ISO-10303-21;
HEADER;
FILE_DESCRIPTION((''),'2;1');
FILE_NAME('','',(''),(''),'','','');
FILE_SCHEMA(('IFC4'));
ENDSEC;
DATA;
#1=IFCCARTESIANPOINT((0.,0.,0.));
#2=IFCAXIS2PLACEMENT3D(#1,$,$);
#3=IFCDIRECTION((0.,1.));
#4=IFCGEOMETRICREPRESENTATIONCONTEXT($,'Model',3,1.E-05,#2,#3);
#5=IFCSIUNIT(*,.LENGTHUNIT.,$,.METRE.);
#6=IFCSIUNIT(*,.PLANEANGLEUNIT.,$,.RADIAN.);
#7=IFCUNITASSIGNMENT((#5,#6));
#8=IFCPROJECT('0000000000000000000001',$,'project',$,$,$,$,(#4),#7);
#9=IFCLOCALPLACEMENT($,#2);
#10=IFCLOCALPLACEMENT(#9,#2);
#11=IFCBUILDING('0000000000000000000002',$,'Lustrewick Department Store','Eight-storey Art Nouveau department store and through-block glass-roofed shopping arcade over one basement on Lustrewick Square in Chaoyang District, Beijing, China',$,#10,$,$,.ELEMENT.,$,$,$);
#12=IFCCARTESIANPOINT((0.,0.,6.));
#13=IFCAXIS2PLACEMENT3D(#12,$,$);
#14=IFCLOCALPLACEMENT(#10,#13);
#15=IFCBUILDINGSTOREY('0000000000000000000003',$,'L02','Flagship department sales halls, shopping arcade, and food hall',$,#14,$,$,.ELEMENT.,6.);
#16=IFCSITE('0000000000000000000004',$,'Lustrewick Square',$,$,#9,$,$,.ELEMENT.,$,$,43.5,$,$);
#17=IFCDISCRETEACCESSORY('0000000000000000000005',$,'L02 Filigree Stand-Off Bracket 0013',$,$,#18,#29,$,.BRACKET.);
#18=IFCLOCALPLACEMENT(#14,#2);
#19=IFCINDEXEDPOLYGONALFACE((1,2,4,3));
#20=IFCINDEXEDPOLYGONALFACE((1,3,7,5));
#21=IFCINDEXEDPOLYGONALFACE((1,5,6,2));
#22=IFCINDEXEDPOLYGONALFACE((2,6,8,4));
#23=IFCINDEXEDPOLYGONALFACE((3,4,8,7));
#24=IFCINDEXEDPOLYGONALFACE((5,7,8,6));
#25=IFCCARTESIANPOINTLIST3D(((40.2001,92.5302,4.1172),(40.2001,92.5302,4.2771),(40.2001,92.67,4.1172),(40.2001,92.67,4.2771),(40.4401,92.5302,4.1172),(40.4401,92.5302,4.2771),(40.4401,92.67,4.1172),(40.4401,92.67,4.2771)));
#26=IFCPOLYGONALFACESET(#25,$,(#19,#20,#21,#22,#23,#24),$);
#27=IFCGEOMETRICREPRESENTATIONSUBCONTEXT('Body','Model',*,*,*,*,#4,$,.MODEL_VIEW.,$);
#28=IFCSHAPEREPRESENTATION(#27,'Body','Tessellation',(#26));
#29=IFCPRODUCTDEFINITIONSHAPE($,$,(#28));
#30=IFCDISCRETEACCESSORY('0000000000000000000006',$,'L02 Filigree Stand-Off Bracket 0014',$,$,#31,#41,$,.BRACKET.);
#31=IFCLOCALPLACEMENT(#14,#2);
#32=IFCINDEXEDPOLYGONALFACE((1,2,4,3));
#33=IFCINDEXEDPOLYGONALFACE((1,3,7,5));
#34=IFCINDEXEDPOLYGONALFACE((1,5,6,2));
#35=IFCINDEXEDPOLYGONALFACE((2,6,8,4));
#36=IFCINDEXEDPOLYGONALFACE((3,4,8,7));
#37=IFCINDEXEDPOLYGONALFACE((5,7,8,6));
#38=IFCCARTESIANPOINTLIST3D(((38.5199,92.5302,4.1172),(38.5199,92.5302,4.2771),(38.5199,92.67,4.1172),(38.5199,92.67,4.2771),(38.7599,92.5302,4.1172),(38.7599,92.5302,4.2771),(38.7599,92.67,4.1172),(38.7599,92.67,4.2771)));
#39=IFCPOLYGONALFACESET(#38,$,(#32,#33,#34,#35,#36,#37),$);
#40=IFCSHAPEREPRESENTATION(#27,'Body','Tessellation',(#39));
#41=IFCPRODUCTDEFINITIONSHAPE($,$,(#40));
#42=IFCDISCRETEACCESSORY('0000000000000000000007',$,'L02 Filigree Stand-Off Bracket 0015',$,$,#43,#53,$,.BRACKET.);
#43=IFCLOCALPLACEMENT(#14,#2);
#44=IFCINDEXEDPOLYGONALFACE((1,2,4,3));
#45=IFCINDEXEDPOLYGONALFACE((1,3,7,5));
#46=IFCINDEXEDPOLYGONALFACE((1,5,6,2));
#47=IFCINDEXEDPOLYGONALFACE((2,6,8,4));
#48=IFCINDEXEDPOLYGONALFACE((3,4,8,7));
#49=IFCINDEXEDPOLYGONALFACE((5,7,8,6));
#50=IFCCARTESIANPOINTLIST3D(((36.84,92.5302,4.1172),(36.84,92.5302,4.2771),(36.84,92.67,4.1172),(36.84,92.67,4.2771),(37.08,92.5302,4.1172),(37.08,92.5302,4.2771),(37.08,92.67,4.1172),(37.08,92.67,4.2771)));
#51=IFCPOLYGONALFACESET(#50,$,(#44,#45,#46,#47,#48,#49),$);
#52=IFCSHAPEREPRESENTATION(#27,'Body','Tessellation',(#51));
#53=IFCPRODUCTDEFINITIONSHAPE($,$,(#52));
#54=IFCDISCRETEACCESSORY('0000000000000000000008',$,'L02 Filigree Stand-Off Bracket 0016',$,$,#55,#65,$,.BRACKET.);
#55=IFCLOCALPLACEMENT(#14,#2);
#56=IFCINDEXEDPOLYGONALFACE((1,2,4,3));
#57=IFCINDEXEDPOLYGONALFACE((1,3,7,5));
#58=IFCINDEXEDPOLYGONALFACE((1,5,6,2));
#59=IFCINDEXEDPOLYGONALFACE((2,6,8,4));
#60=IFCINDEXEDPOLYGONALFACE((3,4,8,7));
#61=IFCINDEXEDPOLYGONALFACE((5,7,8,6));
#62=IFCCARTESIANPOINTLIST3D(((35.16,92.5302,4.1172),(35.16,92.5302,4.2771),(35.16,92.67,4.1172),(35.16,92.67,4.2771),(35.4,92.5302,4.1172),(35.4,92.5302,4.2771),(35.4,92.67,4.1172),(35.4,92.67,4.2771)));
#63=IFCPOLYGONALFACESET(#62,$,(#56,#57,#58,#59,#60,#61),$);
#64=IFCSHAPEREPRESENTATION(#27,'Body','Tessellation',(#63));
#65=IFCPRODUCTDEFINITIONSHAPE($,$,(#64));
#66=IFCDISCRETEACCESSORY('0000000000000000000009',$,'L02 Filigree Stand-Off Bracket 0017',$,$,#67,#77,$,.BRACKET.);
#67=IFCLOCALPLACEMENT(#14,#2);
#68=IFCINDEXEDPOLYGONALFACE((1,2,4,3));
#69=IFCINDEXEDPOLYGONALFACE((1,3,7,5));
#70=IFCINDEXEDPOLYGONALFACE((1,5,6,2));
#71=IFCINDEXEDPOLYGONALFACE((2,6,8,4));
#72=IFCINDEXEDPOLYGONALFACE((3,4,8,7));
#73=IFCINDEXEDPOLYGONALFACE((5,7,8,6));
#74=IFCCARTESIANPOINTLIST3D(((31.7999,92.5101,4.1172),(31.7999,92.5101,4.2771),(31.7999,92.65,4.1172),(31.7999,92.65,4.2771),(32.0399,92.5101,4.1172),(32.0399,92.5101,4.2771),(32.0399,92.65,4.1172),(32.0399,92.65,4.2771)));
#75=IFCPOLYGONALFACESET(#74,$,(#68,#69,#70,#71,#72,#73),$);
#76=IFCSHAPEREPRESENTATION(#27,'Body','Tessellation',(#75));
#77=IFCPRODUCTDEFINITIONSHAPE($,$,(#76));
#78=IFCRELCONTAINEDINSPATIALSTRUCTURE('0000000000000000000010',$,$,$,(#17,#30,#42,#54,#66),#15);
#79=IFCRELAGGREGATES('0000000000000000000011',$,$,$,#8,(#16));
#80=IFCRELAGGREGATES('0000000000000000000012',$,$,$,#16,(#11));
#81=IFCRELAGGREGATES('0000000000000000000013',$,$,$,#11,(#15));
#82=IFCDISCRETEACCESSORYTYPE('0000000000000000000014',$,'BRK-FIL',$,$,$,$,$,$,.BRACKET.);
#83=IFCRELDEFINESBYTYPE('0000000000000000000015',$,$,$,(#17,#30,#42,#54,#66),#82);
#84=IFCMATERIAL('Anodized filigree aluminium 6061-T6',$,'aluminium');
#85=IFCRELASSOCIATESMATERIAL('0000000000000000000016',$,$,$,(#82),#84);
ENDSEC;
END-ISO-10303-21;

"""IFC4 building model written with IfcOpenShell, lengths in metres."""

from ifc_helpers import new_model, si_unit, direction, frame, origin, origin_2d, place, context, subcontext, project, spatial, rectangle, extrude, material, type_object, element, save


model = new_model("IFC4")

# Units and contexts
model_context = context("Model", 3, precision=1e-05, world=origin(), true_north=direction((0.0, 1.0)))
body_context = subcontext(model_context, "Body", "Model", "MODEL_VIEW")
ifc_project = project(units=[si_unit("LENGTHUNIT", "METRE"), si_unit("PLANEANGLEUNIT", "RADIAN")], contexts=[model_context])

# Site, building, storey
site_placement = place(None, origin())
site = spatial("IfcSite", under=ifc_project, at=site_placement, Name="Lustrewick Square", CompositionType="ELEMENT", RefElevation=43.5)
building_placement = place(site_placement, origin())
building = spatial("IfcBuilding", under=site, at=building_placement, Name="Lustrewick Department Store", Description="Eight-storey Art Nouveau department store and through-block glass-roofed shopping arcade over one basement on Lustrewick Square in Chaoyang District, Beijing, China", CompositionType="ELEMENT")
storey_placement = place(building_placement, frame((0.0, 0.0, 6.0)))
storey = spatial("IfcBuildingStorey", under=building, at=storey_placement, Name="L02", Description="Flagship department sales halls, shopping arcade, and food hall", CompositionType="ELEMENT", Elevation=6.0)

# Discrete accessories
ifc_material_1 = material(Name="Anodized filigree aluminium 6061-T6", Category="aluminium")
discrete_accessory_type = type_object("IfcDiscreteAccessoryType", Name="BRK-FIL", PredefinedType="BRACKET", material=ifc_material_1)
for number, where, z_axis, x_axis, name in (
    (1, (40.3201, 92.6001, 4.1172), (0.0, 0.0, 1.0), (-1.0, 0.0, 0.0), "L02 Filigree Stand-Off Bracket 0013"),
    (2, (38.6399, 92.6001, 4.1172), (0.0, 0.0, 1.0), (-1.0, 0.0, 0.0), "L02 Filigree Stand-Off Bracket 0014"),
    (3, (36.96, 92.6001, 4.1172), (0.0, 0.0, 1.0), (-1.0, 0.0, 0.0), "L02 Filigree Stand-Off Bracket 0015"),
    (4, (35.28, 92.6001, 4.1172), (0.0, 0.0, 1.0), (-1.0, 0.0, 0.0), "L02 Filigree Stand-Off Bracket 0016"),
    (5, (31.9199, 92.5801, 4.1172), (0.0, 0.0, 1.0), (-1.0, 0.0, 0.0), "L02 Filigree Stand-Off Bracket 0017"),
):
    element("IfcDiscreteAccessory", number, at=place(storey_placement, frame(where, z_axis=z_axis, x_axis=x_axis)), inside=storey, type_object=discrete_accessory_type, Name=name, PredefinedType="BRACKET", context=body_context, shape_type="SweptSolid", body=[
        extrude(rectangle(XDim=0.24, YDim=0.1399, at=origin_2d()), origin(), (0.0, 0.0, 1.0), 0.1599),
    ])

save(model, "model.ifc")
